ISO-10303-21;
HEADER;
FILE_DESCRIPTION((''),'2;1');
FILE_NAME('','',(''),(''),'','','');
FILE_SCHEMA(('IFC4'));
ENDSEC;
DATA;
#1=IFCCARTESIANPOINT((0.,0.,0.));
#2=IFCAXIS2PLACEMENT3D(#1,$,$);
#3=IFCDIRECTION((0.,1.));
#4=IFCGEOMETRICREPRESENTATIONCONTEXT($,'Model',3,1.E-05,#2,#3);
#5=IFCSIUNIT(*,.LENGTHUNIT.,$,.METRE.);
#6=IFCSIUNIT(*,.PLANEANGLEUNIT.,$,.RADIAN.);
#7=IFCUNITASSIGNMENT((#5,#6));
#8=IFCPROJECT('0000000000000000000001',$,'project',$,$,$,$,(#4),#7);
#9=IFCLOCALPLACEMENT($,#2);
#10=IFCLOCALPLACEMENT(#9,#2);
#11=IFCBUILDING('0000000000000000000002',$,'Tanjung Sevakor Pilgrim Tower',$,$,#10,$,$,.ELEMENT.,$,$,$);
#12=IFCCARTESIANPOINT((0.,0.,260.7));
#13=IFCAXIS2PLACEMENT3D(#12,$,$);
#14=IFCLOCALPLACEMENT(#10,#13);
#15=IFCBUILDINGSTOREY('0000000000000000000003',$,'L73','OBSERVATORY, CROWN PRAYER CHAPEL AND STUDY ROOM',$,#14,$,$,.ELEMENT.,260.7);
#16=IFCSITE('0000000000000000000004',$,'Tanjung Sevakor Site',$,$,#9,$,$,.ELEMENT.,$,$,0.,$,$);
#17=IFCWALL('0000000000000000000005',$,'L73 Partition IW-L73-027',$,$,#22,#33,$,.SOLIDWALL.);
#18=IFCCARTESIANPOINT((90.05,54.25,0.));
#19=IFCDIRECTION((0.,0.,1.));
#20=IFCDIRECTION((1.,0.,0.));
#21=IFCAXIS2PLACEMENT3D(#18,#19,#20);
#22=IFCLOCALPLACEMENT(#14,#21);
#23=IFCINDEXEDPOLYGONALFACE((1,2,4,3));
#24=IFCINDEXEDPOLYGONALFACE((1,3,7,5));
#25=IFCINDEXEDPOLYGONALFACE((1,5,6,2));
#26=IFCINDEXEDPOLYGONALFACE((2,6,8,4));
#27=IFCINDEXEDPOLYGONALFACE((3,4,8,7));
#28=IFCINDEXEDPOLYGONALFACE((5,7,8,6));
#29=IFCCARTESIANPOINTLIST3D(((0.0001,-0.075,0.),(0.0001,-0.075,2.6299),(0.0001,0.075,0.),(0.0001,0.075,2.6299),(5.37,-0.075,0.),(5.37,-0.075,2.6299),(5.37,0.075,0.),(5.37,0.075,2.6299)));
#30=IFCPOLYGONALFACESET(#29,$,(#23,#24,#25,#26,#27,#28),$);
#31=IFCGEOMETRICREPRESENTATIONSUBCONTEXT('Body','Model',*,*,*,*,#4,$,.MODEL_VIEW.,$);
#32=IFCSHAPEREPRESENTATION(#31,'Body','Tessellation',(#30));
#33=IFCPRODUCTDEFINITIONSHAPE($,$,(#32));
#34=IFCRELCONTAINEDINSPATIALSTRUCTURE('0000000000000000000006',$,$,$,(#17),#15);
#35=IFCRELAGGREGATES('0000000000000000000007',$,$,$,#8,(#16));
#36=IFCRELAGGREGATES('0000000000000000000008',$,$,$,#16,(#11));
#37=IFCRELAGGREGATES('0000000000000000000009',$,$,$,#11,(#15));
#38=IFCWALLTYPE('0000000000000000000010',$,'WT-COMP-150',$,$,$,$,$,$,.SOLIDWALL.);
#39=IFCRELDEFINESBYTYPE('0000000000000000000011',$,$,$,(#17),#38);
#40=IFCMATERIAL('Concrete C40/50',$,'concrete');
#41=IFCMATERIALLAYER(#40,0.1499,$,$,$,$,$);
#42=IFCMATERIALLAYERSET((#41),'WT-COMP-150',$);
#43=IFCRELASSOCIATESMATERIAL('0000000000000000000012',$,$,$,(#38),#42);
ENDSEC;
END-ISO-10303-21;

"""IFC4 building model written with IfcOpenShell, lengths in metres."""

from ifc_helpers import new_model, si_unit, direction, frame, frame_2d, origin, place, context, subcontext, project, spatial, rectangle, extrude, material, layer, layer_set, type_object, element, save


model = new_model("IFC4")

# Units and contexts
model_context = context("Model", 3, precision=1e-05, world=origin(), true_north=direction((0.0, 1.0)))
body_context = subcontext(model_context, "Body", "Model", "MODEL_VIEW")
ifc_project = project(units=[si_unit("LENGTHUNIT", "METRE"), si_unit("PLANEANGLEUNIT", "RADIAN")], contexts=[model_context])

# Site, building, storey
site_placement = place(None, origin())
site = spatial("IfcSite", under=ifc_project, at=site_placement, Name="Tanjung Sevakor Site", CompositionType="ELEMENT", RefElevation=0.0)
building_placement = place(site_placement, origin())
building = spatial("IfcBuilding", under=site, at=building_placement, Name="Tanjung Sevakor Pilgrim Tower", CompositionType="ELEMENT")
storey_placement = place(building_placement, frame((0.0, 0.0, 260.7)))
storey = spatial("IfcBuildingStorey", under=building, at=storey_placement, Name="L73", Description="OBSERVATORY, CROWN PRAYER CHAPEL AND STUDY ROOM", CompositionType="ELEMENT", Elevation=260.7)

# Wall
ifc_material_1 = material(Name="Concrete C40/50", Category="concrete")
ifc_layer_1 = layer(ifc_material_1, 0.1499)
ifc_layer_set_1 = layer_set([ifc_layer_1], Name="WT-COMP-150")
wall_type_1 = type_object("IfcWallType", Name="WT-COMP-150", PredefinedType="SOLIDWALL", material=ifc_layer_set_1)
wall_placement = place(storey_placement, frame((90.05, 54.25, 0.0), z_axis=(0.0, 0.0, 1.0), x_axis=(1.0, 0.0, 0.0)))
element("IfcWall", 1, at=wall_placement, inside=storey, type_object=wall_type_1, Name="L73 Partition IW-L73-027", PredefinedType="SOLIDWALL", context=body_context, shape_type="SweptSolid", body=[
    extrude(rectangle(XDim=5.3699, YDim=0.1499, at=frame_2d((2.6851, 0.0))), origin(), (0.0, 0.0, 1.0), 2.6299),
])

save(model, "model.ifc")
